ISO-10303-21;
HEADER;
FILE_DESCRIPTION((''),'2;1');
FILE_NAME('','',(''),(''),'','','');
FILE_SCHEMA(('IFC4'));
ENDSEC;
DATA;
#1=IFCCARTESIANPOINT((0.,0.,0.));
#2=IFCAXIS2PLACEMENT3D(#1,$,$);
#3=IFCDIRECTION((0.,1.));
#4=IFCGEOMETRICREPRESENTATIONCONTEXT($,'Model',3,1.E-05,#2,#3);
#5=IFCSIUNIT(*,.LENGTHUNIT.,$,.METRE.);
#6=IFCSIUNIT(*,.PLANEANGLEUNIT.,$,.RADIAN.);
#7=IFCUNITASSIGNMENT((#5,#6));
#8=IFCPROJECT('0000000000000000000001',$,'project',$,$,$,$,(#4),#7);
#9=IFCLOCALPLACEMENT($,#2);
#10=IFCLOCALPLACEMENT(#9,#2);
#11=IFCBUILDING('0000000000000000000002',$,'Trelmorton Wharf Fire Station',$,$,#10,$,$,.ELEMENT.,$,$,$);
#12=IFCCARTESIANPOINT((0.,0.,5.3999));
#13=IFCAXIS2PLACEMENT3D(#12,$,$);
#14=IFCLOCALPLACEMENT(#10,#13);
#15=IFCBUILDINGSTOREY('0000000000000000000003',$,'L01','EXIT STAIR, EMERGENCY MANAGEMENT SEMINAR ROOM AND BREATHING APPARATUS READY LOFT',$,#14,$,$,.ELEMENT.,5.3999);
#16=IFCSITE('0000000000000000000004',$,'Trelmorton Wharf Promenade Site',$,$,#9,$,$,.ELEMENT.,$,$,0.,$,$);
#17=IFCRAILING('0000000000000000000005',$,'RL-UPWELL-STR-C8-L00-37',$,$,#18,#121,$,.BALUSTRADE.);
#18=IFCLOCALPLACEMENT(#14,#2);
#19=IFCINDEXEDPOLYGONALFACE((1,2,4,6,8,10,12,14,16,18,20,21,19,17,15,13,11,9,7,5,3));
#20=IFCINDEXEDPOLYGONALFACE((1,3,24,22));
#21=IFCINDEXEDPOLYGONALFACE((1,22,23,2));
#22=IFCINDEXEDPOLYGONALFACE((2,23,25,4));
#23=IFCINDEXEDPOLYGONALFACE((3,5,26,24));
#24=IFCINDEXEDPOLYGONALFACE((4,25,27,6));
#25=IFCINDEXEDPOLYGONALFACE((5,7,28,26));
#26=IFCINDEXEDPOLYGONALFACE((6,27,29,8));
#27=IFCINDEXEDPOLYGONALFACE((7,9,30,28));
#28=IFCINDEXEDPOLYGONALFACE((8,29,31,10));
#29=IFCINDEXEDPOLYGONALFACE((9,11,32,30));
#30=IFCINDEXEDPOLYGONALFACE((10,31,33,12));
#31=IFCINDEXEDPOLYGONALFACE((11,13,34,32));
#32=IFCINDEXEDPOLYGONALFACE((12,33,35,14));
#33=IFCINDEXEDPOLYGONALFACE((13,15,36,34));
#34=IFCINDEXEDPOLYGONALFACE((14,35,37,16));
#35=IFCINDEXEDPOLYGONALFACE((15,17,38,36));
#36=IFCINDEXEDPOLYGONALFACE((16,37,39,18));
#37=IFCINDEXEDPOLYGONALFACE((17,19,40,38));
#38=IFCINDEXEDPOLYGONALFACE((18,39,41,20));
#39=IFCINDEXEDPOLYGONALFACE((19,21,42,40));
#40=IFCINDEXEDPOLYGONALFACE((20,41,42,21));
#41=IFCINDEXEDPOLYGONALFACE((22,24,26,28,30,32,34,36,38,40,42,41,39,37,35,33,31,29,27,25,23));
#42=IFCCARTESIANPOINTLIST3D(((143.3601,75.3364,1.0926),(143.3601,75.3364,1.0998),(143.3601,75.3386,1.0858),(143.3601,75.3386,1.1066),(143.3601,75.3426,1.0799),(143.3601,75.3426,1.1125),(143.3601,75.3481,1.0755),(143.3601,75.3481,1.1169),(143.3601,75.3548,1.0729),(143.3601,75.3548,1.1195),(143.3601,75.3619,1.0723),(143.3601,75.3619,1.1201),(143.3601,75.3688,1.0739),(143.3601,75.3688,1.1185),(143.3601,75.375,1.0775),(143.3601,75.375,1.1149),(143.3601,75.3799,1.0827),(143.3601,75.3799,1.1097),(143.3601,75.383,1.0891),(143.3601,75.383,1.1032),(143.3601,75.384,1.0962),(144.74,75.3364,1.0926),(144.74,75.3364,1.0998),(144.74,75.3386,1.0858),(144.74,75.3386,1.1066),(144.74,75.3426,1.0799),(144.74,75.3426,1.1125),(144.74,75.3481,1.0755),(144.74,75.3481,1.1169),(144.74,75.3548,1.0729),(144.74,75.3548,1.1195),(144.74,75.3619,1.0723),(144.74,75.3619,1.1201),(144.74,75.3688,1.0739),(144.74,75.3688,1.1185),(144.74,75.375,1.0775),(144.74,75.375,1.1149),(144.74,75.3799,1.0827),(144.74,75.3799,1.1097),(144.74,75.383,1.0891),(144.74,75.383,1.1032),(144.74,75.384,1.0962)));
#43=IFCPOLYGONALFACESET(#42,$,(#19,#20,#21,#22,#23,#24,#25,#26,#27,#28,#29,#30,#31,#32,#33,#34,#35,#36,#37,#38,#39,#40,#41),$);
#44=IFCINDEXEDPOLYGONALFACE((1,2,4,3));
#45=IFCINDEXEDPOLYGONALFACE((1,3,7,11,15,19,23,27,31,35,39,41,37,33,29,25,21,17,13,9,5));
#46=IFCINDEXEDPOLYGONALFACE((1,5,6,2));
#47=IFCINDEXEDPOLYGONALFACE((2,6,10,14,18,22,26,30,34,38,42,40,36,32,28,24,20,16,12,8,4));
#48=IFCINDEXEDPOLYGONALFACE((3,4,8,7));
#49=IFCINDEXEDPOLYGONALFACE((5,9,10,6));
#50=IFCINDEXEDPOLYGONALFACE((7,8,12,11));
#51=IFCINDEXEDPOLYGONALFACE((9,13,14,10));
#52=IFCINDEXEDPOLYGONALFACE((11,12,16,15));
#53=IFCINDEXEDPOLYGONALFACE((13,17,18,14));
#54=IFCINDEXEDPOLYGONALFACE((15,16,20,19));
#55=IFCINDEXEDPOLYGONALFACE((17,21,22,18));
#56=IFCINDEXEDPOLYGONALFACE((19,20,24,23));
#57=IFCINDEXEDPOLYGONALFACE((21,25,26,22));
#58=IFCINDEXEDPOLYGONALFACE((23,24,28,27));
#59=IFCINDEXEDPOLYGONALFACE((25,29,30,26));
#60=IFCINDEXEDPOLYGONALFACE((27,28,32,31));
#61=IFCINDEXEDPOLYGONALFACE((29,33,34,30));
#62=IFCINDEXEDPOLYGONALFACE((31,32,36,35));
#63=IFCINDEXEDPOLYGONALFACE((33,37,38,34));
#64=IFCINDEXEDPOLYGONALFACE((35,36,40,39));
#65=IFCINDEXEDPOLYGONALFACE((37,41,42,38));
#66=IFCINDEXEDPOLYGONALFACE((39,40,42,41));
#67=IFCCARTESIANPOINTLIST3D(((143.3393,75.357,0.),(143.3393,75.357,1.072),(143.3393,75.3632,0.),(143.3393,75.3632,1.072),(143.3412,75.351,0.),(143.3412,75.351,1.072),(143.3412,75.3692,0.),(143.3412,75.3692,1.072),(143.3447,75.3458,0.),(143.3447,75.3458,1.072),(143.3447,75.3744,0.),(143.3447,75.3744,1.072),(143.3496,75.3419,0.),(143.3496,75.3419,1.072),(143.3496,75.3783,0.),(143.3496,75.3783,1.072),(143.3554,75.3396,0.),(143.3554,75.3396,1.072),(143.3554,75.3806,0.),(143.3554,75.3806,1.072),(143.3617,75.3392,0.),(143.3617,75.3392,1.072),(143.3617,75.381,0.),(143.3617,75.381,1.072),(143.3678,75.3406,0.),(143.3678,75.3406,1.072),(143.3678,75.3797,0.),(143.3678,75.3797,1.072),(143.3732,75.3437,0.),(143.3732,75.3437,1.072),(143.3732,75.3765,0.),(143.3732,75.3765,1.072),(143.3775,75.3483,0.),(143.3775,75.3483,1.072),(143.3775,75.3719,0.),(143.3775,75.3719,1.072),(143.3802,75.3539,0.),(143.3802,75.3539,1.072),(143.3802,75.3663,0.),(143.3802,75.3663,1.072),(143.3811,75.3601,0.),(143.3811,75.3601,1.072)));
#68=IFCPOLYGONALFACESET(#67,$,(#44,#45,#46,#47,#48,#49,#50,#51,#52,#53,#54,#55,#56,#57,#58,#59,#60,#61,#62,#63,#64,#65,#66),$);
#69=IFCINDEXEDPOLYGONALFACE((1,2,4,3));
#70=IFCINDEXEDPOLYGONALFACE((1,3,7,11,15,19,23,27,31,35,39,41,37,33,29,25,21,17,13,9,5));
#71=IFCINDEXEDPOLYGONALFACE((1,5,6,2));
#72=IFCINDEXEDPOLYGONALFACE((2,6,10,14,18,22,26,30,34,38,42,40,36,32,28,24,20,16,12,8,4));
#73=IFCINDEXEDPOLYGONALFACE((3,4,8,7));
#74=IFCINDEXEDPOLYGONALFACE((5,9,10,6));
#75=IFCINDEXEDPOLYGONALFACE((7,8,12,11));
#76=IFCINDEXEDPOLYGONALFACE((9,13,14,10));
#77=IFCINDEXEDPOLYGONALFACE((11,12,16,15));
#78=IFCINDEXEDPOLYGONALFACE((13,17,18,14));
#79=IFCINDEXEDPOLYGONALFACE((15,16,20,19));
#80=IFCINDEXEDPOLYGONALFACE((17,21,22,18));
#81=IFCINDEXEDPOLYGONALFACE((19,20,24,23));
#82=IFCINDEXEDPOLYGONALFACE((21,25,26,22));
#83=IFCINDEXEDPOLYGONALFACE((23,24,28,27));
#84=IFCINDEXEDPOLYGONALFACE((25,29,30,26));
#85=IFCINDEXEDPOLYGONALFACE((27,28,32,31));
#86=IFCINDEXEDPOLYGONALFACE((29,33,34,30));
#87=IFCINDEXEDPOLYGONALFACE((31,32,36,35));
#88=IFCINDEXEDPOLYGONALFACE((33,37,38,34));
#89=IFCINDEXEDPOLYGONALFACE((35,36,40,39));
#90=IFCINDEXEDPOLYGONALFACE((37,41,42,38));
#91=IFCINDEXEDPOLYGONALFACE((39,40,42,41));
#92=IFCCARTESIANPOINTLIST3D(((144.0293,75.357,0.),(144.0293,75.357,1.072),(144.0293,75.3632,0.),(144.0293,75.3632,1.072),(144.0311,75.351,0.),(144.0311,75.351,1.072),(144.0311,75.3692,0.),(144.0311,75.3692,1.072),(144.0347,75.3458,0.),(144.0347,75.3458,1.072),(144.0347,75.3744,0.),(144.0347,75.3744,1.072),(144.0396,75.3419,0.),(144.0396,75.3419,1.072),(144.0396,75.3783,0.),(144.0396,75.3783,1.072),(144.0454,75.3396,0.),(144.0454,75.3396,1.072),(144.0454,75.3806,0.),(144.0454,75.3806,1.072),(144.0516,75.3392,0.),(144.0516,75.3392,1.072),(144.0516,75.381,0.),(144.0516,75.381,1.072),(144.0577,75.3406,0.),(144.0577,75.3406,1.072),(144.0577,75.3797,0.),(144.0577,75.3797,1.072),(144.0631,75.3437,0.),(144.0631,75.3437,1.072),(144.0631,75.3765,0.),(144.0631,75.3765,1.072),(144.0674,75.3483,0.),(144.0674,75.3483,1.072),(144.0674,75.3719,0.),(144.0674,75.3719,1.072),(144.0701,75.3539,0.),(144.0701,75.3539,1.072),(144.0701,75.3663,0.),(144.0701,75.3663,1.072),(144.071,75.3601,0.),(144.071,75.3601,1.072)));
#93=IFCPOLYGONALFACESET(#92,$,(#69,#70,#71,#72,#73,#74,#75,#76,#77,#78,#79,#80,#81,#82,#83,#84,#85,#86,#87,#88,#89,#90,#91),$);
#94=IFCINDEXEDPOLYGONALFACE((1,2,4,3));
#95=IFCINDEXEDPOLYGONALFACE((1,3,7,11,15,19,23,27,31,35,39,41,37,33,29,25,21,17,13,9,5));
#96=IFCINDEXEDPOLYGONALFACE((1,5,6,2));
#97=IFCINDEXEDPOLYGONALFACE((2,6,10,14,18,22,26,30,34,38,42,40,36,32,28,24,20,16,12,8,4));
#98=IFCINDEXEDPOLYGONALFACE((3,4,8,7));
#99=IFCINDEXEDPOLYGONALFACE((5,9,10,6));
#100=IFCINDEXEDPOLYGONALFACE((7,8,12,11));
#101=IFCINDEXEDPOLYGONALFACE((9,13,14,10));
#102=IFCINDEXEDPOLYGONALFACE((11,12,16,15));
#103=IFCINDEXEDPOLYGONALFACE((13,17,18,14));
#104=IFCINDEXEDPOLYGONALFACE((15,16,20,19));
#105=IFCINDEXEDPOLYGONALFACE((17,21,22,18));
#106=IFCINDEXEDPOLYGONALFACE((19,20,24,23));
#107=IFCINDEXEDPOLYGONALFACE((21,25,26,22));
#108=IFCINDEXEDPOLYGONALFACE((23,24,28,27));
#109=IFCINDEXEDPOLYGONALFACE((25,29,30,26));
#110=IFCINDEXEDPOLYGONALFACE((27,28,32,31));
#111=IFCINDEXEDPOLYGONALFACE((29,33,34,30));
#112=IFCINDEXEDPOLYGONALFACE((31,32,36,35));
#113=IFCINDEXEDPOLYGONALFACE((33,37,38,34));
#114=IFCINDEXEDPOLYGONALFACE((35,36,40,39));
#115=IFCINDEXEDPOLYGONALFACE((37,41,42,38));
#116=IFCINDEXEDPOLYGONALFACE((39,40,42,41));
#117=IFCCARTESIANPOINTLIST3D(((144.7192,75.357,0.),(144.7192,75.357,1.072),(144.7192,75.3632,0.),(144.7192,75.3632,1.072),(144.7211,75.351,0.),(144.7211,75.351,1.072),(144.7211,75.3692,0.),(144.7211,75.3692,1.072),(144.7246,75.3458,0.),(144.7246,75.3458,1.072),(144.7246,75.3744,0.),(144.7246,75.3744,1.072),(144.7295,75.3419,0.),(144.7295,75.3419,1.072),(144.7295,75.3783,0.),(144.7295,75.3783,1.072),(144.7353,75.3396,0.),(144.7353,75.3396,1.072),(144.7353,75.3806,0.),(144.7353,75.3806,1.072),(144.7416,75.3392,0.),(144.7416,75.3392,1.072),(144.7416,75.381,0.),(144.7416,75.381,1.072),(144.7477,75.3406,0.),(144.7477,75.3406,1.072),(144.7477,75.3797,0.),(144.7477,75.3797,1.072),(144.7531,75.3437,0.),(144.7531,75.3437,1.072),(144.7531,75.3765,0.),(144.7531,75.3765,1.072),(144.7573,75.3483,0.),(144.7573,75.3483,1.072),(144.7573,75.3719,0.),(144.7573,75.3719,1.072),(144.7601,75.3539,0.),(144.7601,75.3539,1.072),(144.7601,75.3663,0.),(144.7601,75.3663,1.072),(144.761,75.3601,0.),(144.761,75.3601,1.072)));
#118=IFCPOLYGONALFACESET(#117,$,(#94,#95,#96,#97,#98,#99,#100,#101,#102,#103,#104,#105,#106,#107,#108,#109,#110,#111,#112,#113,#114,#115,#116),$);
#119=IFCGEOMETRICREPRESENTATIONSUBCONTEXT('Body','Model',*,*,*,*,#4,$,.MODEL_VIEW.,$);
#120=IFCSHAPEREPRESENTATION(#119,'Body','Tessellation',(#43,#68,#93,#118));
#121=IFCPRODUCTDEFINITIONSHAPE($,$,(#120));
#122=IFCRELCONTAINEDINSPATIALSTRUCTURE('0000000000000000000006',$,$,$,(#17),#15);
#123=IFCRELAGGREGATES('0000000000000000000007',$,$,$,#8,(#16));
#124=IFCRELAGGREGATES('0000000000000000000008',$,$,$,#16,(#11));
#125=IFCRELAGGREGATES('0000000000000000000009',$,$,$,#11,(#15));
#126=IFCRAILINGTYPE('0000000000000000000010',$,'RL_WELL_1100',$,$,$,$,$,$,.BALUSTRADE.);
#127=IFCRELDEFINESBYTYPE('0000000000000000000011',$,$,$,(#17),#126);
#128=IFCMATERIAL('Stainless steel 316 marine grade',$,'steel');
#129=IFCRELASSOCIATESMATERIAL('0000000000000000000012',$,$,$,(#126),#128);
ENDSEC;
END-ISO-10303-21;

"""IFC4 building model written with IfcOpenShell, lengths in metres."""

from ifc_helpers import new_model, si_unit, direction, frame, origin, origin_2d, place, context, subcontext, project, spatial, circle, extrude, material, type_object, element, save


model = new_model("IFC4")

# Units and contexts
model_context = context("Model", 3, precision=1e-05, world=origin(), true_north=direction((0.0, 1.0)))
body_context = subcontext(model_context, "Body", "Model", "MODEL_VIEW")
ifc_project = project(units=[si_unit("LENGTHUNIT", "METRE"), si_unit("PLANEANGLEUNIT", "RADIAN")], contexts=[model_context])

# Site, building, storey
site_placement = place(None, origin())
site = spatial("IfcSite", under=ifc_project, at=site_placement, Name="Trelmorton Wharf Promenade Site", CompositionType="ELEMENT", RefElevation=0.0)
building_placement = place(site_placement, origin())
building = spatial("IfcBuilding", under=site, at=building_placement, Name="Trelmorton Wharf Fire Station", CompositionType="ELEMENT")
storey_placement = place(building_placement, frame((0.0, 0.0, 5.3999)))
storey = spatial("IfcBuildingStorey", under=building, at=storey_placement, Name="L01", Description="EXIT STAIR, EMERGENCY MANAGEMENT SEMINAR ROOM AND BREATHING APPARATUS READY LOFT", CompositionType="ELEMENT", Elevation=5.3999)

# Shared definitions
ifc_material_1 = material(Name="Stainless steel 316 marine grade", Category="steel")

# Railing
railing_type_1 = type_object("IfcRailingType", Name="RL_WELL_1100", PredefinedType="BALUSTRADE", material=ifc_material_1)
railing_1_placement = place(storey_placement, frame((143.3601, 75.3601, 0.0)))
element("IfcRailing", 1, at=railing_1_placement, inside=storey, type_object=railing_type_1, Name="RL-UPWELL-STR-C8-L00-37", PredefinedType="BALUSTRADE", context=body_context, shape_type="SweptSolid", body=[
    extrude(circle(Radius=0.0239, at=origin_2d()), frame((0.0, 0.0, 1.0962), z_axis=(1.0, 0.0, 0.0), x_axis=(0.0, 1.0, 0.0)), (0.0, 0.0, 1.0), 1.3799),
    extrude(circle(Radius=0.021, at=origin_2d()), origin(), (0.0, 0.0, 1.0), 1.072),
    extrude(circle(Radius=0.021, at=origin_2d()), frame((0.6899, 0.0, 0.0)), (0.0, 0.0, 1.0), 1.072),
    extrude(circle(Radius=0.021, at=origin_2d()), frame((1.3799, 0.0, 0.0)), (0.0, 0.0, 1.0), 1.072),
])

save(model, "model.ifc")
